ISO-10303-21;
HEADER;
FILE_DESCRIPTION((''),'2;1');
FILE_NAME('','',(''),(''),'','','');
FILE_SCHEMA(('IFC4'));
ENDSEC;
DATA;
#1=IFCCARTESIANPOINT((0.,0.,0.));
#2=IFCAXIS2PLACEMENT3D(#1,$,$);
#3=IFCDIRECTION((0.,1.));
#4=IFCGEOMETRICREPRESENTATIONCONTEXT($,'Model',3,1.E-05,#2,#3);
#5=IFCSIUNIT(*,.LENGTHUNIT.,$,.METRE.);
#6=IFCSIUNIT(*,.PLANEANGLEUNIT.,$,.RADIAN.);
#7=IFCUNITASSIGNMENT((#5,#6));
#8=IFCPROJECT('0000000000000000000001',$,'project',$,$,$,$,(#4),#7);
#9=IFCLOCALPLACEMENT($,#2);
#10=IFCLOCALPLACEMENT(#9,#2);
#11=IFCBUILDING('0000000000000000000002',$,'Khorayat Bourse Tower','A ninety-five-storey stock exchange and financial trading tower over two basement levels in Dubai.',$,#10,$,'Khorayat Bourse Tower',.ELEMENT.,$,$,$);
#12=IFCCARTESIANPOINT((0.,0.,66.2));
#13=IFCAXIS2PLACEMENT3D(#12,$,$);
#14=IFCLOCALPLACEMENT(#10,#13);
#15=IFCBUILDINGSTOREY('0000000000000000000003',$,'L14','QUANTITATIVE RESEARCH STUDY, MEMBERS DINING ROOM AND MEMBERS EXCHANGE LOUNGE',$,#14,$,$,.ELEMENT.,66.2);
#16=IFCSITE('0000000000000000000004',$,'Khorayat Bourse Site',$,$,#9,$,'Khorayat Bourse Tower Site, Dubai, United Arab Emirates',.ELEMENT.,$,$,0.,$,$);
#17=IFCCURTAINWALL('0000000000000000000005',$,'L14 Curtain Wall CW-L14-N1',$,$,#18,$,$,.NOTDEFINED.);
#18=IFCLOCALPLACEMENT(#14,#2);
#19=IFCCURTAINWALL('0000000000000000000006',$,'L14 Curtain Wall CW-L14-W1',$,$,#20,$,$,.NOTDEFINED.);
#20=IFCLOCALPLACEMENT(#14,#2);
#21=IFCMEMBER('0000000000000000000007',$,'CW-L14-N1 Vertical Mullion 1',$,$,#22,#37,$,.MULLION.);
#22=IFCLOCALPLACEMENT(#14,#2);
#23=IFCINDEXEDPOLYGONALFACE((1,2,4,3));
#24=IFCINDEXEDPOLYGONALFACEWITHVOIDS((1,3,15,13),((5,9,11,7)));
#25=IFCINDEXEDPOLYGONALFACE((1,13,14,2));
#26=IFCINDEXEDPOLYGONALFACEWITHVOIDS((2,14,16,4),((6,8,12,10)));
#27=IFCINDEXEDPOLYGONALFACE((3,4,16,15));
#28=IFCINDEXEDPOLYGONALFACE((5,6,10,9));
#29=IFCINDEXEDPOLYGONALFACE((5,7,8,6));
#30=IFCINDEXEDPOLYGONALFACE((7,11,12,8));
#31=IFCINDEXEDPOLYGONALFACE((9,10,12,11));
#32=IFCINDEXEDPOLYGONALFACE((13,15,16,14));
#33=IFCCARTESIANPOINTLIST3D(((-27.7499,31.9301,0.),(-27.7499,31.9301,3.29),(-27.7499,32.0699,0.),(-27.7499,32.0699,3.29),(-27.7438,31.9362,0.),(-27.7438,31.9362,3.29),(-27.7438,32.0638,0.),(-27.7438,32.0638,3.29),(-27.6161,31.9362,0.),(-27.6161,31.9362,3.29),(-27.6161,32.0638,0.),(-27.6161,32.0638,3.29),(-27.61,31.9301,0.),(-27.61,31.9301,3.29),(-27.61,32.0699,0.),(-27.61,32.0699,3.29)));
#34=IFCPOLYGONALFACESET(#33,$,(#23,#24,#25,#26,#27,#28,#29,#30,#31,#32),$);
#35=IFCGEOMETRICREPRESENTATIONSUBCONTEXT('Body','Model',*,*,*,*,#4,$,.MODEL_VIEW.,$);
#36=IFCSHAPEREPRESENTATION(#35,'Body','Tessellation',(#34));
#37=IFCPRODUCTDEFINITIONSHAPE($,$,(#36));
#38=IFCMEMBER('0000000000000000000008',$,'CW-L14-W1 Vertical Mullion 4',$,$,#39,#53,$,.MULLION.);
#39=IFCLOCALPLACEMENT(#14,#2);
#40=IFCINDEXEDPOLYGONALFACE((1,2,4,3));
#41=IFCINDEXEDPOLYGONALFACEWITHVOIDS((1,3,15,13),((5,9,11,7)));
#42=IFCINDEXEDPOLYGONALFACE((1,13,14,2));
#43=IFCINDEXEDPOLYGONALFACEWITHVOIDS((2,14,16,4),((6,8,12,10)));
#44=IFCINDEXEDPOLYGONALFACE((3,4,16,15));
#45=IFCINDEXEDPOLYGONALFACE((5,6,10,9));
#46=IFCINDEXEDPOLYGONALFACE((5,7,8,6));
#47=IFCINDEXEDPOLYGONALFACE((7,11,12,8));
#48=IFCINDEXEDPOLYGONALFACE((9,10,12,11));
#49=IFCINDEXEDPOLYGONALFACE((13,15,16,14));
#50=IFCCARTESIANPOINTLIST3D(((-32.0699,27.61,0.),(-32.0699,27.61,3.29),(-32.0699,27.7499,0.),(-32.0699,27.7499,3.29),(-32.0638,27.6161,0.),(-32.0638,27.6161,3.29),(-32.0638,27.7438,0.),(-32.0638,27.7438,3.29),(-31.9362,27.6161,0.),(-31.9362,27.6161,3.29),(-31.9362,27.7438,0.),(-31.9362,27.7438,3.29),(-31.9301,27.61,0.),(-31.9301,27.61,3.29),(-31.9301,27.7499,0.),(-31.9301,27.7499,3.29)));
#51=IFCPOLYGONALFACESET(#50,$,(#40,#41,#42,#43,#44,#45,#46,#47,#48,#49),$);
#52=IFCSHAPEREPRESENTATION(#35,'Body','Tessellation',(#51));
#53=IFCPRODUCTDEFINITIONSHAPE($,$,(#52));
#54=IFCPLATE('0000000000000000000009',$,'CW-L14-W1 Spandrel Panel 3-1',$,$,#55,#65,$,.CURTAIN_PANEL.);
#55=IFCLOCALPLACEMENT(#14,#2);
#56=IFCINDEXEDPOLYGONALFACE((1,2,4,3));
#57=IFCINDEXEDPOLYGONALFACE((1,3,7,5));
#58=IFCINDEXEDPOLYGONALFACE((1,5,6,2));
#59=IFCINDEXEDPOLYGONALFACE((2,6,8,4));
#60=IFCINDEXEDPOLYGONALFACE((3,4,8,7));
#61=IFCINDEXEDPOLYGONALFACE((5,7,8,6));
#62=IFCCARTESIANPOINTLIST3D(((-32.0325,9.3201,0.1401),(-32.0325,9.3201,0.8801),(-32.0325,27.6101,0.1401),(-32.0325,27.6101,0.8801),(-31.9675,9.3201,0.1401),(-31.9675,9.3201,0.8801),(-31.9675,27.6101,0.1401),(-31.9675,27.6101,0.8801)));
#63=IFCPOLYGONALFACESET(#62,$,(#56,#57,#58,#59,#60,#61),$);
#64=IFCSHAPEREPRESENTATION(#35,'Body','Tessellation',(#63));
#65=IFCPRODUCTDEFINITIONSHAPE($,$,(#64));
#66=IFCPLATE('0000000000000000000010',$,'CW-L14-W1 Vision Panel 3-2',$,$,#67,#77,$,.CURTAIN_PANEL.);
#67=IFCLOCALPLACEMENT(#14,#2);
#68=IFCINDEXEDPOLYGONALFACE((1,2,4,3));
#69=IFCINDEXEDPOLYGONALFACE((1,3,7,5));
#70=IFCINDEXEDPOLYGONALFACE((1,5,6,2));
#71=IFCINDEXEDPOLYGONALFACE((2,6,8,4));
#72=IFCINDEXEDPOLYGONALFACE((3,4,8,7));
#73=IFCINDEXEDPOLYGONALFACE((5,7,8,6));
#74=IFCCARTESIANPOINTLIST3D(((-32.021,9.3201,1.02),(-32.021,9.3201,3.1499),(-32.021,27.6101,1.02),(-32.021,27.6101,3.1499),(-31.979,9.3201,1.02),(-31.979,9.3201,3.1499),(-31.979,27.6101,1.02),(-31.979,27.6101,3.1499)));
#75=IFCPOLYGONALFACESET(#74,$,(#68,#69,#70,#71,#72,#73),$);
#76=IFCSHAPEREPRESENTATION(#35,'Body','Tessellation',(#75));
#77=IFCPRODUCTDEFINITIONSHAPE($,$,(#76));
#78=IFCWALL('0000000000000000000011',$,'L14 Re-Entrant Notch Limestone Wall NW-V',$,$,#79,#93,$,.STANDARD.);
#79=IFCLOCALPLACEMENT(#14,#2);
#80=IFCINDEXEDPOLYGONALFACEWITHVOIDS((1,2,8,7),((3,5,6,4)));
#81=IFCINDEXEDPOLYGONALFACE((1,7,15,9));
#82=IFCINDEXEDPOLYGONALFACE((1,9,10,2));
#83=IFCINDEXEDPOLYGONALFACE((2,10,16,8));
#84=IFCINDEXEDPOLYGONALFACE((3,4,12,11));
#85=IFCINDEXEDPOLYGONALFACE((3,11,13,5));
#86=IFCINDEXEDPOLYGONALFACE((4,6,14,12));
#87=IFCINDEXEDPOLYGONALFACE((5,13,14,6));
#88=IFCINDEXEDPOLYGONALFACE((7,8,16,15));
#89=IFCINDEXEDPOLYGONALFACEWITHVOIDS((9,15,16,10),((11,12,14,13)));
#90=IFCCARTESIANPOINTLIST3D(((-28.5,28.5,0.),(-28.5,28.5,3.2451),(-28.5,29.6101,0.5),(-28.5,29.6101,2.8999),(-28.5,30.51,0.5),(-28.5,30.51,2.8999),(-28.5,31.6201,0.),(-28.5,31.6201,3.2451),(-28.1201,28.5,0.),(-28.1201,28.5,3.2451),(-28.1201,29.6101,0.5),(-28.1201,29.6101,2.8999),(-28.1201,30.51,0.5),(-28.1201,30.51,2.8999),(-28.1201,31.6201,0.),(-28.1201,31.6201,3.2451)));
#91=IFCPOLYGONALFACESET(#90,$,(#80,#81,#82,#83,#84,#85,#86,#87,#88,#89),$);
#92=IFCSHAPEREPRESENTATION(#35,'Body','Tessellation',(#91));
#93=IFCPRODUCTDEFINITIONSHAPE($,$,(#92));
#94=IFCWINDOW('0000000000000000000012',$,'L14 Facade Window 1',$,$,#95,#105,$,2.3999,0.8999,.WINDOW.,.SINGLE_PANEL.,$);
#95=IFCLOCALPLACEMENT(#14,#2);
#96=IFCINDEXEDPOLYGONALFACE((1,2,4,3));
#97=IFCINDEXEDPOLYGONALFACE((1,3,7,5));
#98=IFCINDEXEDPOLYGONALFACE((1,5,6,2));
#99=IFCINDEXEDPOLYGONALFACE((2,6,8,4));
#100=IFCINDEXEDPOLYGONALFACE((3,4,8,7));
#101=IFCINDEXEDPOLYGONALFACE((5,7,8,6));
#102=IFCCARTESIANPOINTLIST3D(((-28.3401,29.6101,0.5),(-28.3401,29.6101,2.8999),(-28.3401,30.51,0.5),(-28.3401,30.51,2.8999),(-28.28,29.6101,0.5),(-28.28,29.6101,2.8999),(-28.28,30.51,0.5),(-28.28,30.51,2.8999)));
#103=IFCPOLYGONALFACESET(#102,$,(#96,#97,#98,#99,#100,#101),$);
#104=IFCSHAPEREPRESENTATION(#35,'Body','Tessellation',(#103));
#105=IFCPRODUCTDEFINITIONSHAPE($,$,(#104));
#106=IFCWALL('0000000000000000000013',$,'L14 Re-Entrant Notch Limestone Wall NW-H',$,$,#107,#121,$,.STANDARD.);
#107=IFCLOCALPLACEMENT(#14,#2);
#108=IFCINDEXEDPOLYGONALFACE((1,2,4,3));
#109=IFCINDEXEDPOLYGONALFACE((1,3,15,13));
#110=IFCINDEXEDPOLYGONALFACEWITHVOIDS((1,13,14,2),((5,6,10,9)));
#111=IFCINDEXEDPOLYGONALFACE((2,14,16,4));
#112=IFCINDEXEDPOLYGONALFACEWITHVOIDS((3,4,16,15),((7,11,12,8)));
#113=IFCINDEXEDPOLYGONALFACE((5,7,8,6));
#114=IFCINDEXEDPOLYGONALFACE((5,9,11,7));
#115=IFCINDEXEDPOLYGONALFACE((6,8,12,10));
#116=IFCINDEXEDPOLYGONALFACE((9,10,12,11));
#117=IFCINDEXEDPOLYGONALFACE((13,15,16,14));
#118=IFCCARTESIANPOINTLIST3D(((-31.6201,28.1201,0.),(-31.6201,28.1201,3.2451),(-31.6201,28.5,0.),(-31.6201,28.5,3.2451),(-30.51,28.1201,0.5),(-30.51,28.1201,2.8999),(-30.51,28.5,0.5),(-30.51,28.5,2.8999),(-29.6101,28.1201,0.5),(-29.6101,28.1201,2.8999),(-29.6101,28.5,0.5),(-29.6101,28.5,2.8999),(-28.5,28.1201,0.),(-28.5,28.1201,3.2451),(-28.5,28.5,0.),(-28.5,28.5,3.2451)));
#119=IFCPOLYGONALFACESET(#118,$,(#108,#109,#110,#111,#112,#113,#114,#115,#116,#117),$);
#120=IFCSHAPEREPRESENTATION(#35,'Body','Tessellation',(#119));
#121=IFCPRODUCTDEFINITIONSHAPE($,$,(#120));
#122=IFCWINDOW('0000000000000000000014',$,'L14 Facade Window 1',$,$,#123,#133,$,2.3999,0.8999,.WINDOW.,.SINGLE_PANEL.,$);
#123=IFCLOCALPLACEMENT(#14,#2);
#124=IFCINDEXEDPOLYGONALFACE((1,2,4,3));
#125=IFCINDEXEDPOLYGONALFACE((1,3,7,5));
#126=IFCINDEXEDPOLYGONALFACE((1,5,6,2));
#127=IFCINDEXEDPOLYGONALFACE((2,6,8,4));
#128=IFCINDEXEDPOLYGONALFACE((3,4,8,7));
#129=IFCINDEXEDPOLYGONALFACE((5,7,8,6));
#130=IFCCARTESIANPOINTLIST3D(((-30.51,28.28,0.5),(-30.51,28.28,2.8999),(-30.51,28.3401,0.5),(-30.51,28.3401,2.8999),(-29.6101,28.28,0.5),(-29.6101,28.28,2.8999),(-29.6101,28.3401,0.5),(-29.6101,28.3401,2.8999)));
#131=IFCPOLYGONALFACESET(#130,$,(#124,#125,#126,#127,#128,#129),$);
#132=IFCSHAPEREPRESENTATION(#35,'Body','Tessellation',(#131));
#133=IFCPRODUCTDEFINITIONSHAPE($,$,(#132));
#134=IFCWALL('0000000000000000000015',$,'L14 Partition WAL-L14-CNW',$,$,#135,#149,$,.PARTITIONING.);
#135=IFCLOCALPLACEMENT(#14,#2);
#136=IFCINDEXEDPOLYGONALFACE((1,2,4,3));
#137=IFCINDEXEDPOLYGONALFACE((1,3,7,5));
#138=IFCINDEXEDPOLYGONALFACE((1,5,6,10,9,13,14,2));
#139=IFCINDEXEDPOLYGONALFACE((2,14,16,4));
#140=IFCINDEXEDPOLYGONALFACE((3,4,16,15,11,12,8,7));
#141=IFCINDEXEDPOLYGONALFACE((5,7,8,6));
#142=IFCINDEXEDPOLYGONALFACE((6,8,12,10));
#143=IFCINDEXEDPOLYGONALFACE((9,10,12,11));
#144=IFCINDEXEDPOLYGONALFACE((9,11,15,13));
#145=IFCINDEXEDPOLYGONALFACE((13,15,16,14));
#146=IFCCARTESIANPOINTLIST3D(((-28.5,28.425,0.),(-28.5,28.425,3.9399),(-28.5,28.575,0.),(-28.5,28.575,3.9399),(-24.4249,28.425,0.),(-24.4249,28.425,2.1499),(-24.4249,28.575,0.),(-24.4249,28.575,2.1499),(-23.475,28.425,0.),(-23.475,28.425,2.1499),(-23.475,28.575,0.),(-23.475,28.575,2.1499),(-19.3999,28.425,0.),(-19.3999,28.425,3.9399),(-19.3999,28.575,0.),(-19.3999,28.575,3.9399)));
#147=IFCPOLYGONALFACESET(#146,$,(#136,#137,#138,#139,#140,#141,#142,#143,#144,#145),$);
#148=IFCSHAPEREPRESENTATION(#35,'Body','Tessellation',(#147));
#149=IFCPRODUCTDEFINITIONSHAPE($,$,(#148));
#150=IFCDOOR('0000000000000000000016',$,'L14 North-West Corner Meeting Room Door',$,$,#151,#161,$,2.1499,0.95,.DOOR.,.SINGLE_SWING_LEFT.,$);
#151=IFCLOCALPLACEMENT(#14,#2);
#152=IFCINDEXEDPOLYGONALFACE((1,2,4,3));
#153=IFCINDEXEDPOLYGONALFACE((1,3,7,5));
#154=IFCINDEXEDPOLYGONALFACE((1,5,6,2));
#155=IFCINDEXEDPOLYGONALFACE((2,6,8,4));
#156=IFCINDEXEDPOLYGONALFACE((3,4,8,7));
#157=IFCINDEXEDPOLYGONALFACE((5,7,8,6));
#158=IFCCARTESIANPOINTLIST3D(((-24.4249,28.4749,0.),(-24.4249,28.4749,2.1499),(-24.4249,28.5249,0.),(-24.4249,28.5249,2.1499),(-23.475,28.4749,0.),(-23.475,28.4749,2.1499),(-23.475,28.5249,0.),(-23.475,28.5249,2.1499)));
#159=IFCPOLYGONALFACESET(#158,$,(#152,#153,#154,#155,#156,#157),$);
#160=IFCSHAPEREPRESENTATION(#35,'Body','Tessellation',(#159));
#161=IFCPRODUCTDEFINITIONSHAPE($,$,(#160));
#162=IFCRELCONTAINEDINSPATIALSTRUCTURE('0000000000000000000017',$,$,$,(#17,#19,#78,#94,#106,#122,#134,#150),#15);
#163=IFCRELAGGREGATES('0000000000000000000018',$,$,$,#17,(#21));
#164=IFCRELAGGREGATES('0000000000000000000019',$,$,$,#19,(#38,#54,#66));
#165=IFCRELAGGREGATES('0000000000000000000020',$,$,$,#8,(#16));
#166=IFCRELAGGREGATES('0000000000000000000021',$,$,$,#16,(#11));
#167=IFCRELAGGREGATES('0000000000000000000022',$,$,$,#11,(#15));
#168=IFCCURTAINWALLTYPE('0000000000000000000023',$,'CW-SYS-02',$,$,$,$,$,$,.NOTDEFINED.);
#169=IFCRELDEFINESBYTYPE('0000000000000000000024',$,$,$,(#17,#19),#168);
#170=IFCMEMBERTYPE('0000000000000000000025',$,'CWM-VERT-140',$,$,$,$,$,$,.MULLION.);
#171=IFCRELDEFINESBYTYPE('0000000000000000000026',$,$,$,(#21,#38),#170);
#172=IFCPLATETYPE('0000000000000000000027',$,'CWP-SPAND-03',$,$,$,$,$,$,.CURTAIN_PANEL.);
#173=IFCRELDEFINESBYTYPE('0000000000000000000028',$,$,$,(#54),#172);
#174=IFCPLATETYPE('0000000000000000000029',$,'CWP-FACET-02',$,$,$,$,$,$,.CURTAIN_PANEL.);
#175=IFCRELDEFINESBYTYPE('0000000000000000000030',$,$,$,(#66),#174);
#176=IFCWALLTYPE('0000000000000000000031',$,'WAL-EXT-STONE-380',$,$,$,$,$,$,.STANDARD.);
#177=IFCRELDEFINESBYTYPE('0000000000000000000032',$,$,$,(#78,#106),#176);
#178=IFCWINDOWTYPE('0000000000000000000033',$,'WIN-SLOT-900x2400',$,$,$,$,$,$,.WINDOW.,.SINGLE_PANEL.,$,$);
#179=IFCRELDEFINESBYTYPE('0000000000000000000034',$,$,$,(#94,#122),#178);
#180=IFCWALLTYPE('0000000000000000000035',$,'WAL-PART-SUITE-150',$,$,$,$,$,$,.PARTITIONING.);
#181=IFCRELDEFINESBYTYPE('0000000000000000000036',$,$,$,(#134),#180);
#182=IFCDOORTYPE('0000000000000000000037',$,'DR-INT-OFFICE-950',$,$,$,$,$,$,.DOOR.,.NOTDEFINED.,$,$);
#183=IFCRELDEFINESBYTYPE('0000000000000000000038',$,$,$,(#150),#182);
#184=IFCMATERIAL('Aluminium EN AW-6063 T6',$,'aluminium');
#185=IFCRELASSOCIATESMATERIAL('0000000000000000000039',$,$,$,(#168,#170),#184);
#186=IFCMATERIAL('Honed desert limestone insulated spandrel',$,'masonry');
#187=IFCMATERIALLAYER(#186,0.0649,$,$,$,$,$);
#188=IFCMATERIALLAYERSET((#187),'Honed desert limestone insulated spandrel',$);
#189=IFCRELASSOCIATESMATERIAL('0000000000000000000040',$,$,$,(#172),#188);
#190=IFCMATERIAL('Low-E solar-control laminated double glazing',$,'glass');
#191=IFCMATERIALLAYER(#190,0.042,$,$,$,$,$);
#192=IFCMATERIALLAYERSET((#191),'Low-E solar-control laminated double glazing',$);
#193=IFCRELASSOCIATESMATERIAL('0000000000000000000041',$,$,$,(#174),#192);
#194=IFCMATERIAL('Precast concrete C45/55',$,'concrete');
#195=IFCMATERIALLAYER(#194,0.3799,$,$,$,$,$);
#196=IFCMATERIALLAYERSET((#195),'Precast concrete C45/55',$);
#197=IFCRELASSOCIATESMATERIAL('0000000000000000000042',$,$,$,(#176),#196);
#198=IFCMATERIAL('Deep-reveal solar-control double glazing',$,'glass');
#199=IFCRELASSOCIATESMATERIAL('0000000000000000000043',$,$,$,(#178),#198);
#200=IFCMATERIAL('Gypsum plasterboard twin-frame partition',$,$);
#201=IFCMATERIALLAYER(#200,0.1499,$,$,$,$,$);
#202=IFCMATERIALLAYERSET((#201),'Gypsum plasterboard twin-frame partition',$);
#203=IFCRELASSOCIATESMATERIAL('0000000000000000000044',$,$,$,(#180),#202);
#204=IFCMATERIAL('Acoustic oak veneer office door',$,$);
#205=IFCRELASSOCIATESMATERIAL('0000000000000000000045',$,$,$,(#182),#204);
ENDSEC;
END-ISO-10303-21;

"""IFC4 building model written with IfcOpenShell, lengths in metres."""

from ifc_helpers import new_model, si_unit, direction, frame, frame_2d, origin, origin_2d, place, context, subcontext, project, spatial, rectangle, hollow_rectangle, extrude, source, transform, mapped, material, layer, layer_set, material_profile, profile_set, type_object, element, fill, aggregate, save


model = new_model("IFC4")

# Units and contexts
model_context = context("Model", 3, precision=1e-05, world=origin(), true_north=direction((0.0, 1.0)))
body_context = subcontext(model_context, "Body", "Model", "MODEL_VIEW")
ifc_project = project(units=[si_unit("LENGTHUNIT", "METRE"), si_unit("PLANEANGLEUNIT", "RADIAN")], contexts=[model_context])

# Site, building, storey
site_placement = place(None, origin())
site = spatial("IfcSite", under=ifc_project, at=site_placement, Name="Khorayat Bourse Site", LongName="Khorayat Bourse Tower Site, Dubai, United Arab Emirates", CompositionType="ELEMENT", RefElevation=0.0)
building_placement = place(site_placement, origin())
building = spatial("IfcBuilding", under=site, at=building_placement, Name="Khorayat Bourse Tower", Description="A ninety-five-storey stock exchange and financial trading tower over two basement levels in Dubai.", LongName="Khorayat Bourse Tower", CompositionType="ELEMENT")
storey_placement = place(building_placement, frame((0.0, 0.0, 66.2)))
storey = spatial("IfcBuildingStorey", under=building, at=storey_placement, Name="L14", Description="QUANTITATIVE RESEARCH STUDY, MEMBERS DINING ROOM AND MEMBERS EXCHANGE LOUNGE", CompositionType="ELEMENT", Elevation=66.2)

# Curtain wall
ifc_material_1 = material(Name="Aluminium EN AW-6063 T6", Category="aluminium")
curtain_wall_type = type_object("IfcCurtainWallType", Name="CW-SYS-02", PredefinedType="NOTDEFINED", material=ifc_material_1)
curtain_wall_1_placement = place(storey_placement, origin())
curtain_wall_1 = element("IfcCurtainWall", 1, at=curtain_wall_1_placement, inside=storey, type_object=curtain_wall_type, Name="L14 Curtain Wall CW-L14-N1", PredefinedType="NOTDEFINED")

# Curtain wall
curtain_wall_2_placement = place(storey_placement, origin())
curtain_wall_2 = element("IfcCurtainWall", 2, at=curtain_wall_2_placement, inside=storey, type_object=curtain_wall_type, Name="L14 Curtain Wall CW-L14-W1", PredefinedType="NOTDEFINED")

# Members
ifc_material_profile_1 = material_profile(ifc_material_1, hollow_rectangle(XDim=0.1399, YDim=0.1399, WallThickness=0.0061, at=origin_2d()), Name="ALU 140x140x6")
ifc_profile_set_1 = profile_set([ifc_material_profile_1], Name="Aluminium EN AW-6063 T6")
member_type_1 = type_object("IfcMemberType", Name="CWM-VERT-140", PredefinedType="MULLION", material=ifc_profile_set_1)
shared_shape_1 = source(origin(), body_context, "Body", "SweptSolid", [
    extrude(hollow_rectangle(XDim=0.1399, YDim=0.1399, WallThickness=0.0061, at=origin_2d()), origin(), (0.0, 0.0, 1.0), 3.29),
])
member_1_placement = place(storey_placement, frame((-27.6799, 32.0, 0.0), z_axis=(0.0, 0.0, 1.0), x_axis=(0.0, 1.0, 0.0)))
member_1 = element("IfcMember", 3, at=member_1_placement, type_object=member_type_1, Name="CW-L14-N1 Vertical Mullion 1", PredefinedType="MULLION", context=body_context, shape_type="MappedRepresentation", body=[
    mapped(shared_shape_1, transform((0.0, 0.0, 0.0), scale=1.0)),
])
aggregate(curtain_wall_1, [member_1])
member_2_placement = place(storey_placement, frame((-32.0, 27.6799, 0.0), z_axis=(0.0, 0.0, 1.0), x_axis=(-1.0, 0.0, 0.0)))
member_2 = element("IfcMember", 4, at=member_2_placement, type_object=member_type_1, Name="CW-L14-W1 Vertical Mullion 4", PredefinedType="MULLION", context=body_context, shape_type="MappedRepresentation", body=[
    mapped(shared_shape_1, transform((0.0, 0.0, 0.0), scale=1.0)),
])

# Plates
ifc_material_2 = material(Name="Honed desert limestone insulated spandrel", Category="masonry")
ifc_layer_1 = layer(ifc_material_2, 0.0649)
ifc_layer_set_1 = layer_set([ifc_layer_1], Name="Honed desert limestone insulated spandrel")
plate_type_1 = type_object("IfcPlateType", Name="CWP-SPAND-03", PredefinedType="CURTAIN_PANEL", material=ifc_layer_set_1)
shared_shape_2 = source(origin(), body_context, "Body", "SweptSolid", [
    extrude(rectangle(XDim=18.29, YDim=0.0649, at=origin_2d()), origin(), (0.0, 0.0, 1.0), 0.74),
])
plate_1_placement = place(storey_placement, frame((-32.0, 18.4651, 0.1401), z_axis=(0.0, 0.0, 1.0), x_axis=(0.0, 1.0, 0.0)))
plate_1 = element("IfcPlate", 5, at=plate_1_placement, type_object=plate_type_1, Name="CW-L14-W1 Spandrel Panel 3-1", PredefinedType="CURTAIN_PANEL", context=body_context, shape_type="MappedRepresentation", body=[
    mapped(shared_shape_2, transform((0.0, 0.0, 0.0), scale=1.0)),
])
ifc_material_3 = material(Name="Low-E solar-control laminated double glazing", Category="glass")
ifc_layer_2 = layer(ifc_material_3, 0.042)
ifc_layer_set_2 = layer_set([ifc_layer_2], Name="Low-E solar-control laminated double glazing")
plate_type_2 = type_object("IfcPlateType", Name="CWP-FACET-02", PredefinedType="CURTAIN_PANEL", material=ifc_layer_set_2)
shared_shape_3 = source(origin(), body_context, "Body", "SweptSolid", [
    extrude(rectangle(XDim=18.29, YDim=0.042, at=origin_2d()), origin(), (0.0, 0.0, 1.0), 2.1299),
])
plate_2_placement = place(storey_placement, frame((-32.0, 18.4651, 1.02), z_axis=(0.0, 0.0, 1.0), x_axis=(0.0, 1.0, 0.0)))
plate_2 = element("IfcPlate", 6, at=plate_2_placement, type_object=plate_type_2, Name="CW-L14-W1 Vision Panel 3-2", PredefinedType="CURTAIN_PANEL", context=body_context, shape_type="MappedRepresentation", body=[
    mapped(shared_shape_3, transform((0.0, 0.0, 0.0), scale=1.0)),
])
aggregate(curtain_wall_2, [member_2, plate_1, plate_2])

# Walls, openings, windows
ifc_material_4 = material(Name="Precast concrete C45/55", Category="concrete")
ifc_layer_3 = layer(ifc_material_4, 0.3799)
ifc_layer_set_3 = layer_set([ifc_layer_3], Name="Precast concrete C45/55")
wall_type_1 = type_object("IfcWallType", Name="WAL-EXT-STONE-380", PredefinedType="STANDARD", material=ifc_layer_set_3)
shared_shape_4 = source(origin(), body_context, "Body", "SweptSolid", [
    extrude(rectangle(XDim=3.1201, YDim=0.3799, at=frame_2d((1.5601, 0.0))), origin(), (0.0, 0.0, 1.0), 3.2451),
])
wall_1_placement = place(storey_placement, frame((-28.3101, 28.5, 0.0), z_axis=(0.0, 0.0, 1.0), x_axis=(0.0, 1.0, 0.0)))
wall_1 = element("IfcWall", 7, at=wall_1_placement, inside=storey, type_object=wall_type_1, Name="L14 Re-Entrant Notch Limestone Wall NW-V", PredefinedType="STANDARD", context=body_context, shape_type="MappedRepresentation", body=[
    mapped(shared_shape_4, transform((0.0, 0.0, 0.0), scale=1.0)),
])
shared_shape_5 = source(origin(), body_context, "Body", "SweptSolid", [
    extrude(rectangle(XDim=0.8999, YDim=2.3999, at=frame_2d((0.45, 1.2))), frame((0.0, 0.2, 0.0), z_axis=(0.0, -1.0, 0.0), x_axis=(1.0, 0.0, 0.0)), (0.0, 0.0, 1.0), 0.3999),
])
opening_1_placement = place(wall_1_placement, frame((1.1101, 0.0, 0.5)))
opening_1 = element("IfcOpeningElement", 8, at=opening_1_placement, cuts=wall_1, PredefinedType="OPENING", context=body_context, shape_type="MappedRepresentation", body=[
    mapped(shared_shape_5, transform((0.0, 0.0, 0.0), scale=1.0)),
])
ifc_material_5 = material(Name="Deep-reveal solar-control double glazing", Category="glass")
window_type = type_object("IfcWindowType", Name="WIN-SLOT-900x2400", PartitioningType="SINGLE_PANEL", PredefinedType="WINDOW", material=ifc_material_5)
shared_shape_6 = source(origin(), body_context, "Body", "SweptSolid", [
    extrude(rectangle(XDim=0.8999, YDim=2.3999, at=frame_2d((0.45, 1.2))), frame((0.0, 0.03, 0.0), z_axis=(0.0, -1.0, 0.0), x_axis=(1.0, 0.0, 0.0)), (0.0, 0.0, 1.0), 0.0601),
])
window_1_placement = place(opening_1_placement, origin())
window_1 = element("IfcWindow", 9, at=window_1_placement, inside=storey, type_object=window_type, Name="L14 Facade Window 1", OverallHeight=2.3999, OverallWidth=0.8999, PartitioningType="SINGLE_PANEL", PredefinedType="WINDOW", context=body_context, shape_type="MappedRepresentation", body=[
    mapped(shared_shape_6, transform((0.0, 0.0, 0.0), scale=1.0)),
])
fill(opening_1, window_1)
wall_2_placement = place(storey_placement, frame((-28.5, 28.3101, 0.0), z_axis=(0.0, 0.0, 1.0), x_axis=(-1.0, 0.0, 0.0)))
wall_2 = element("IfcWall", 10, at=wall_2_placement, inside=storey, type_object=wall_type_1, Name="L14 Re-Entrant Notch Limestone Wall NW-H", PredefinedType="STANDARD", context=body_context, shape_type="MappedRepresentation", body=[
    mapped(shared_shape_4, transform((0.0, 0.0, 0.0), scale=1.0)),
])
opening_2_placement = place(wall_2_placement, frame((1.1101, 0.0, 0.5)))
opening_2 = element("IfcOpeningElement", 11, at=opening_2_placement, cuts=wall_2, PredefinedType="OPENING", context=body_context, shape_type="MappedRepresentation", body=[
    mapped(shared_shape_5, transform((0.0, 0.0, 0.0), scale=1.0)),
])
window_2_placement = place(opening_2_placement, origin())
window_2 = element("IfcWindow", 12, at=window_2_placement, inside=storey, type_object=window_type, Name="L14 Facade Window 1", OverallHeight=2.3999, OverallWidth=0.8999, PartitioningType="SINGLE_PANEL", PredefinedType="WINDOW", context=body_context, shape_type="MappedRepresentation", body=[
    mapped(shared_shape_6, transform((0.0, 0.0, 0.0), scale=1.0)),
])
fill(opening_2, window_2)

# Wall, opening, door
ifc_material_6 = material(Name="Gypsum plasterboard twin-frame partition")
ifc_layer_4 = layer(ifc_material_6, 0.1499)
ifc_layer_set_4 = layer_set([ifc_layer_4], Name="Gypsum plasterboard twin-frame partition")
wall_type_2 = type_object("IfcWallType", Name="WAL-PART-SUITE-150", PredefinedType="PARTITIONING", material=ifc_layer_set_4)
shared_shape_7 = source(origin(), body_context, "Body", "SweptSolid", [
    extrude(rectangle(XDim=9.1001, YDim=0.1499, at=frame_2d((4.55, 0.0))), origin(), (0.0, 0.0, 1.0), 3.9399),
])
wall_3_placement = place(storey_placement, frame((-28.5, 28.5, 0.0), z_axis=(0.0, 0.0, 1.0), x_axis=(1.0, 0.0, 0.0)))
wall_3 = element("IfcWall", 13, at=wall_3_placement, inside=storey, type_object=wall_type_2, Name="L14 Partition WAL-L14-CNW", PredefinedType="PARTITIONING", context=body_context, shape_type="MappedRepresentation", body=[
    mapped(shared_shape_7, transform((0.0, 0.0, 0.0), scale=1.0)),
])
shared_shape_8 = source(origin(), body_context, "Body", "SweptSolid", [
    extrude(rectangle(XDim=0.95, YDim=2.1499, at=frame_2d((0.4751, 1.075))), frame((0.0, 0.085, 0.0), z_axis=(0.0, -1.0, 0.0), x_axis=(1.0, 0.0, 0.0)), (0.0, 0.0, 1.0), 0.1699),
])
opening_3_placement = place(wall_3_placement, frame((4.075, 0.0, 0.0)))
opening_3 = element("IfcOpeningElement", 14, at=opening_3_placement, cuts=wall_3, PredefinedType="OPENING", context=body_context, shape_type="MappedRepresentation", body=[
    mapped(shared_shape_8, transform((0.0, 0.0, 0.0), scale=1.0)),
])
ifc_material_7 = material(Name="Acoustic oak veneer office door")
door_type = type_object("IfcDoorType", Name="DR-INT-OFFICE-950", OperationType="NOTDEFINED", PredefinedType="DOOR", material=ifc_material_7)
shared_shape_9 = source(origin(), body_context, "Body", "SweptSolid", [
    extrude(rectangle(XDim=0.95, YDim=2.1499, at=frame_2d((0.4751, 1.075))), frame((0.0, 0.0249, 0.0), z_axis=(0.0, -1.0, 0.0), x_axis=(1.0, 0.0, 0.0)), (0.0, 0.0, 1.0), 0.05),
])
door_placement = place(opening_3_placement, origin())
door = element("IfcDoor", 15, at=door_placement, inside=storey, type_object=door_type, Name="L14 North-West Corner Meeting Room Door", OperationType="SINGLE_SWING_LEFT", OverallHeight=2.1499, OverallWidth=0.95, PredefinedType="DOOR", context=body_context, shape_type="MappedRepresentation", body=[
    mapped(shared_shape_9, transform((0.0, 0.0, 0.0), scale=1.0)),
])
fill(opening_3, door)

save(model, "model.ifc")
